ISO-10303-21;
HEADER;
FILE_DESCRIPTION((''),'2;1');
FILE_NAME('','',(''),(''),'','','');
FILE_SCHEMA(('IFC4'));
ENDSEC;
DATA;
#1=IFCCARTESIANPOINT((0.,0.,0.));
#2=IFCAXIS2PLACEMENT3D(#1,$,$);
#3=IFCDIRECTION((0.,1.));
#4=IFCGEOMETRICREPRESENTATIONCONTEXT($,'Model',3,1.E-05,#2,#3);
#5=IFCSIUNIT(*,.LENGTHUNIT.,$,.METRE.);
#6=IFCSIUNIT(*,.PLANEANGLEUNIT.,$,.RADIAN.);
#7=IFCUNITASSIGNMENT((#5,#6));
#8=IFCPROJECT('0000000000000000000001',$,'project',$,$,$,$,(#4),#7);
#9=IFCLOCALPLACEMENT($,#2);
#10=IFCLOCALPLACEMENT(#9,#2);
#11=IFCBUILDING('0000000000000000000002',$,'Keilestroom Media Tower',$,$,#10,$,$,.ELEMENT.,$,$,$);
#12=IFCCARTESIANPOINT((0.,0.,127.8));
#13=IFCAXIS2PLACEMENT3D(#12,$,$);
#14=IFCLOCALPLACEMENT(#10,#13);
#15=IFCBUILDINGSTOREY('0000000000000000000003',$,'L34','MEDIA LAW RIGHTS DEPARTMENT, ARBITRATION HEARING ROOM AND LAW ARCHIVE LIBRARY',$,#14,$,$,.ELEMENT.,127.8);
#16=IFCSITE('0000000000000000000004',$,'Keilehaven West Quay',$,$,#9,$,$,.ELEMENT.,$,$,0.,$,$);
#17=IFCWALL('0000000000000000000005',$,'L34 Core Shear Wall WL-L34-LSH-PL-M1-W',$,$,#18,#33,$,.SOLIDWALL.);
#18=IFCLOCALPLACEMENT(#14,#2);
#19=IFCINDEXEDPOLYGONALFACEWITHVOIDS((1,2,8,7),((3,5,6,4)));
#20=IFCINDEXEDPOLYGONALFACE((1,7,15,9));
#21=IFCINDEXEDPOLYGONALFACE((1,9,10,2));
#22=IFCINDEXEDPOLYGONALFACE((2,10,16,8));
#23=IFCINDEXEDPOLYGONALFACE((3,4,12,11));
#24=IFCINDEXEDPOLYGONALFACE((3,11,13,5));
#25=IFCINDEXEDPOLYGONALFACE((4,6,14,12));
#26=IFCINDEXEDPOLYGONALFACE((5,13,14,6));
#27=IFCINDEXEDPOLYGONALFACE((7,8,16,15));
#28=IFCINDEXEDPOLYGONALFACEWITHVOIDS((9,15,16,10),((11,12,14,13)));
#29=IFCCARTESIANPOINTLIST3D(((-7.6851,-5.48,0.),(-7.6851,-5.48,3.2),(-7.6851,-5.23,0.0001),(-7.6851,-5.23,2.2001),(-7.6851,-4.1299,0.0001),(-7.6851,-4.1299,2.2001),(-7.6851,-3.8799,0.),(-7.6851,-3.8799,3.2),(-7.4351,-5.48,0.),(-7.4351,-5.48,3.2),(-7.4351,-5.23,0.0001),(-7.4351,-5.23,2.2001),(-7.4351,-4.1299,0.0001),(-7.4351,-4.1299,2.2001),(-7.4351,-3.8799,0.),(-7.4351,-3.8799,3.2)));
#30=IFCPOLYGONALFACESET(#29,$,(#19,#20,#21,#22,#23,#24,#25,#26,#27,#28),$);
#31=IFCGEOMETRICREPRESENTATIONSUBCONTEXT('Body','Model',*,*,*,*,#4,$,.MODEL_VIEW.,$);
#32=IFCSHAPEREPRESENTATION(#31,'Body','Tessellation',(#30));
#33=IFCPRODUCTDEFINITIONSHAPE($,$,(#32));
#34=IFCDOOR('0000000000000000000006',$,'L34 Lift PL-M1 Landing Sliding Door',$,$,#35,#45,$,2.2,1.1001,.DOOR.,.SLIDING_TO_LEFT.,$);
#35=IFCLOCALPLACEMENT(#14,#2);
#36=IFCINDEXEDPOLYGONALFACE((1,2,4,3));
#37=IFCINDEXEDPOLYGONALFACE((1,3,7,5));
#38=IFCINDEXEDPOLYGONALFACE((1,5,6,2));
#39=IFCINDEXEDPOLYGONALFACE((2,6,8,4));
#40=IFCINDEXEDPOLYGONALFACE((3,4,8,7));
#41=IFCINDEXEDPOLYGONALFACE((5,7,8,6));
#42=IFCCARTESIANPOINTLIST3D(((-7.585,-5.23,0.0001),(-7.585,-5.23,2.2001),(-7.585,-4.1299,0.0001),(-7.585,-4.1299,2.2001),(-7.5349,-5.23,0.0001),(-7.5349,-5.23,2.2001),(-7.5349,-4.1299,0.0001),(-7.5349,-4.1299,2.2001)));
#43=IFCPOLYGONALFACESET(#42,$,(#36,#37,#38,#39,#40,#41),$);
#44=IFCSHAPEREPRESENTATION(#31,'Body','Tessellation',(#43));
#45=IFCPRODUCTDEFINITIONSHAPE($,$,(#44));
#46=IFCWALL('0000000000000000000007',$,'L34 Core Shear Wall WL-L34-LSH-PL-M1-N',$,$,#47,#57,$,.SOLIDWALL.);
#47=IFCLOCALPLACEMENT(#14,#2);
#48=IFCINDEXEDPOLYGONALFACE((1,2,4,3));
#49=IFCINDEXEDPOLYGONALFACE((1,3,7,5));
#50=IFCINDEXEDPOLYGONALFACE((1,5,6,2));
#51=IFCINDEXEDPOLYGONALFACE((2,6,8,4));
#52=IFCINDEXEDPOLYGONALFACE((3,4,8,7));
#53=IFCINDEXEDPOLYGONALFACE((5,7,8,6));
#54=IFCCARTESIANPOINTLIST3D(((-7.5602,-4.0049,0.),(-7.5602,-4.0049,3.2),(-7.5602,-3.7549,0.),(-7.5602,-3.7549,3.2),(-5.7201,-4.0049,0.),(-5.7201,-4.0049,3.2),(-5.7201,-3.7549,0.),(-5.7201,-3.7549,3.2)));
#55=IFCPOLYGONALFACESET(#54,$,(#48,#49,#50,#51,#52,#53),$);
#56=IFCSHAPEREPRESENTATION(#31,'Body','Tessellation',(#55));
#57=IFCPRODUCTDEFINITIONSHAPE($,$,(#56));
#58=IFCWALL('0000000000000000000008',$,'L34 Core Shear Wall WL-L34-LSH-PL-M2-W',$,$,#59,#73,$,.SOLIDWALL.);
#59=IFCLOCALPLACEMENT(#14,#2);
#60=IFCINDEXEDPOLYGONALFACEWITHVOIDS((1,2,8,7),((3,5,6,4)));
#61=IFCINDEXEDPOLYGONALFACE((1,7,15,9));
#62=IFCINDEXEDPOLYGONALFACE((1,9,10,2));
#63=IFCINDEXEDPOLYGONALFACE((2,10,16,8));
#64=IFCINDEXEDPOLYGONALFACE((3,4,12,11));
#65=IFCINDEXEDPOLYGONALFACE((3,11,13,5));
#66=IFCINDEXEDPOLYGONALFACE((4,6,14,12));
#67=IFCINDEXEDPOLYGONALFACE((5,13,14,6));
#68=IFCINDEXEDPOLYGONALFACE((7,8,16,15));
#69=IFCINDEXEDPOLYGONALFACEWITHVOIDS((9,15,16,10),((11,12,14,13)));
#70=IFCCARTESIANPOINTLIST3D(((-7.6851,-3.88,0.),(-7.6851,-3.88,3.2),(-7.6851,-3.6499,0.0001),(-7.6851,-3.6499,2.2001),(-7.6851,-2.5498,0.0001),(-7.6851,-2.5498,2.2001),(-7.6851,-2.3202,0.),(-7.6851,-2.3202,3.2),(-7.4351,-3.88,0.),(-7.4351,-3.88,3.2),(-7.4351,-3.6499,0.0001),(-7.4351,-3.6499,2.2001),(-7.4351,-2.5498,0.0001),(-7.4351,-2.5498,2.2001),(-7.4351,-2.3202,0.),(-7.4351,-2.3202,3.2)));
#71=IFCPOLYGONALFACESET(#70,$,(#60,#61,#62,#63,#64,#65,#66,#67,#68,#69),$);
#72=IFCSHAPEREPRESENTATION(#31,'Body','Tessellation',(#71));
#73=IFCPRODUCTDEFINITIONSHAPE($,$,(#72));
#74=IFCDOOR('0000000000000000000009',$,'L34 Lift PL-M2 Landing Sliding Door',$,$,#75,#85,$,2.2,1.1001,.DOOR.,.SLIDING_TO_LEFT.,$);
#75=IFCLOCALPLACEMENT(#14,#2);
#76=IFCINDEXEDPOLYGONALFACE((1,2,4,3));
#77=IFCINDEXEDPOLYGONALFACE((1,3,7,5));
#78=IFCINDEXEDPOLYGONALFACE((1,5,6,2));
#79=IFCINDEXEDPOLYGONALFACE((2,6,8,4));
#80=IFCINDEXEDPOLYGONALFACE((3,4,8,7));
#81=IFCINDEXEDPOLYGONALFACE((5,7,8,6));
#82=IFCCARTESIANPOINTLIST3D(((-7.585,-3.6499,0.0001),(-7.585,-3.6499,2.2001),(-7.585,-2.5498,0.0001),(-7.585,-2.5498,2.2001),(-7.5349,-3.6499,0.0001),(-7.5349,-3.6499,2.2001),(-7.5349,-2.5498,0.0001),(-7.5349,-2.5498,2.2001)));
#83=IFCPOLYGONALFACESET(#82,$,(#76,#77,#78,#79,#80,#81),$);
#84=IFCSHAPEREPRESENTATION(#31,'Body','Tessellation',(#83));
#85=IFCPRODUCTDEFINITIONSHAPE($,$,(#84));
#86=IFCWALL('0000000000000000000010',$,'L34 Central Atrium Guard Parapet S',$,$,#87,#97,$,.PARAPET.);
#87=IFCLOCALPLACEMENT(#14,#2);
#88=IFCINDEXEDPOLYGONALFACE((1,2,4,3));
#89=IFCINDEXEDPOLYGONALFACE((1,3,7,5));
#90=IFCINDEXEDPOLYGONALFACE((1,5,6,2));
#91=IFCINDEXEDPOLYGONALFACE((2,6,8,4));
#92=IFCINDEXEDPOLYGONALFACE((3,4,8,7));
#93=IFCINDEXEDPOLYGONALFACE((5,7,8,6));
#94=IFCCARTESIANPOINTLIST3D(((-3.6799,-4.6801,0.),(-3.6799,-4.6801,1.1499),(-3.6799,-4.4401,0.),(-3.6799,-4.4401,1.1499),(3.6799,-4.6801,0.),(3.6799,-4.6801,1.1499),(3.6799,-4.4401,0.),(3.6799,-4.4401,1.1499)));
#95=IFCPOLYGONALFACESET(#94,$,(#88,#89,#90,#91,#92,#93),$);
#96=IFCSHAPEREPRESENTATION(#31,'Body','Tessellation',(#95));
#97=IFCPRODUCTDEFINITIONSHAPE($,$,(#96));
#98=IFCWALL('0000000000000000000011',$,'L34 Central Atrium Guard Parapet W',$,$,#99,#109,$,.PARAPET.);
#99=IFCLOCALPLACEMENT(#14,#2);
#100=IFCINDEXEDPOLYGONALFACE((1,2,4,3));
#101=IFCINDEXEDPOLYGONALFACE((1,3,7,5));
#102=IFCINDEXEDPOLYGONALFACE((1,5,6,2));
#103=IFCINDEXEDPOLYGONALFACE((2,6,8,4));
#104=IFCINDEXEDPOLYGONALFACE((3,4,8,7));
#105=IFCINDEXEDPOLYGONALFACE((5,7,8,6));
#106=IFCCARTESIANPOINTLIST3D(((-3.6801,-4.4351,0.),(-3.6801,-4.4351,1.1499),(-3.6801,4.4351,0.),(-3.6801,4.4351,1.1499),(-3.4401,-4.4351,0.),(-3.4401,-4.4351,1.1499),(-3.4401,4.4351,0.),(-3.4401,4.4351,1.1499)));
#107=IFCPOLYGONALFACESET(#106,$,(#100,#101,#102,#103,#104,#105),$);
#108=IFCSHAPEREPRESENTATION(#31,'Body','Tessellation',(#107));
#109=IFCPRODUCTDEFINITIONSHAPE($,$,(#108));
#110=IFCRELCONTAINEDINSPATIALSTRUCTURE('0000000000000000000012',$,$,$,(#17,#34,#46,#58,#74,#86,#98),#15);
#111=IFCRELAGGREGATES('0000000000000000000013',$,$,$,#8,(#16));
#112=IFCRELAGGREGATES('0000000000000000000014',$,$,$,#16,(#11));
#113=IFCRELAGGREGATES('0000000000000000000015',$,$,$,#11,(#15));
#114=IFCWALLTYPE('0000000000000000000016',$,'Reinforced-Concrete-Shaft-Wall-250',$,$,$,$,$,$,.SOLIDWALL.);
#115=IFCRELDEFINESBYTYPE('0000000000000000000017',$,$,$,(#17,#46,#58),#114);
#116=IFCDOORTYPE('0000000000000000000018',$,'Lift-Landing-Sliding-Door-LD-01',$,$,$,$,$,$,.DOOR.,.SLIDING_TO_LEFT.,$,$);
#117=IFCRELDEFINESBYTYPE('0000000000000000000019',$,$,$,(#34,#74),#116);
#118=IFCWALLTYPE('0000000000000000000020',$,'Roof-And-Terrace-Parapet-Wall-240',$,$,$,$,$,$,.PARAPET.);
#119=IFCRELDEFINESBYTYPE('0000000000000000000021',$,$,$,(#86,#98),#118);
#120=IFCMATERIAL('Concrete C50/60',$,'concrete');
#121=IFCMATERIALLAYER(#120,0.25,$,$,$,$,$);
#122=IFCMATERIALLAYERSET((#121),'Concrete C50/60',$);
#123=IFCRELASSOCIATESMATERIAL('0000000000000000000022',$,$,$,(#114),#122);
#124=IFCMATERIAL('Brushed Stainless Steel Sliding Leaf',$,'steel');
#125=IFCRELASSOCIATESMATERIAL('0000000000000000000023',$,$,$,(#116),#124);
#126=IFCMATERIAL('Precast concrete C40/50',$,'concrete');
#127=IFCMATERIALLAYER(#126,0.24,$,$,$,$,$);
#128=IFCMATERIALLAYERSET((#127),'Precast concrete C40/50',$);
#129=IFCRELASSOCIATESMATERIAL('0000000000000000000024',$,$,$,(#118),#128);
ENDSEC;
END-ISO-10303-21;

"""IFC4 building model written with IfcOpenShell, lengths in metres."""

from ifc_helpers import new_model, si_unit, direction, frame, frame_2d, origin, place, context, subcontext, project, spatial, rectangle, extrude, source, transform, mapped, material, layer, layer_set, type_object, element, fill, save


model = new_model("IFC4")

# Units and contexts
model_context = context("Model", 3, precision=1e-05, world=origin(), true_north=direction((0.0, 1.0)))
body_context = subcontext(model_context, "Body", "Model", "MODEL_VIEW")
ifc_project = project(units=[si_unit("LENGTHUNIT", "METRE"), si_unit("PLANEANGLEUNIT", "RADIAN")], contexts=[model_context])

# Site, building, storey
site_placement = place(None, origin())
site = spatial("IfcSite", under=ifc_project, at=site_placement, Name="Keilehaven West Quay", CompositionType="ELEMENT", RefElevation=0.0)
building_placement = place(site_placement, origin())
building = spatial("IfcBuilding", under=site, at=building_placement, Name="Keilestroom Media Tower", CompositionType="ELEMENT")
storey_placement = place(building_placement, frame((0.0, 0.0, 127.8)))
storey = spatial("IfcBuildingStorey", under=building, at=storey_placement, Name="L34", Description="MEDIA LAW RIGHTS DEPARTMENT, ARBITRATION HEARING ROOM AND LAW ARCHIVE LIBRARY", CompositionType="ELEMENT", Elevation=127.8)

# Shared definitions
ifc_material_1 = material(Name="Concrete C50/60", Category="concrete")
ifc_layer_1 = layer(ifc_material_1, 0.25)
ifc_layer_set_1 = layer_set([ifc_layer_1], Name="Concrete C50/60")
wall_type_1 = type_object("IfcWallType", Name="Reinforced-Concrete-Shaft-Wall-250", PredefinedType="SOLIDWALL", material=ifc_layer_set_1)

# Shared definitions
ifc_material_2 = material(Name="Brushed Stainless Steel Sliding Leaf", Category="steel")

# Wall, opening, door
wall_1_placement = place(storey_placement, frame((-7.5601, -5.48, 0.0), z_axis=(0.0, 0.0, 1.0), x_axis=(0.0, 1.0, 0.0)))
wall_1 = element("IfcWall", 1, at=wall_1_placement, inside=storey, type_object=wall_type_1, Name="L34 Core Shear Wall WL-L34-LSH-PL-M1-W", PredefinedType="SOLIDWALL", context=body_context, shape_type="SweptSolid", body=[
    extrude(rectangle(XDim=1.6001, YDim=0.25, at=frame_2d((0.8, 0.0))), origin(), (0.0, 0.0, 1.0), 3.2),
])
opening_1_placement = place(wall_1_placement, frame((0.25, 0.0, 0.0)))
opening_1 = element("IfcOpeningElement", 2, at=opening_1_placement, cuts=wall_1, PredefinedType="OPENING", context=body_context, shape_type="SweptSolid", body=[
    extrude(rectangle(XDim=1.1001, YDim=2.2, at=frame_2d((0.55, 1.1001))), frame((0.0, 0.135, 0.0), z_axis=(0.0, -1.0, 0.0), x_axis=(1.0, 0.0, 0.0)), (0.0, 0.0, 1.0), 0.27),
])
door_type_1 = type_object("IfcDoorType", Name="Lift-Landing-Sliding-Door-LD-01", OperationType="SLIDING_TO_LEFT", PredefinedType="DOOR", material=ifc_material_2)
shared_shape_1 = source(origin(), body_context, "Body", "SweptSolid", [
    extrude(rectangle(XDim=1.1001, YDim=2.2, at=frame_2d((0.55, 1.1001))), frame((0.0, 0.0249, 0.0), z_axis=(0.0, -1.0, 0.0), x_axis=(1.0, 0.0, 0.0)), (0.0, 0.0, 1.0), 0.05),
])
door_1_placement = place(opening_1_placement, origin())
door_1 = element("IfcDoor", 3, at=door_1_placement, inside=storey, type_object=door_type_1, Name="L34 Lift PL-M1 Landing Sliding Door", OperationType="SLIDING_TO_LEFT", OverallHeight=2.2, OverallWidth=1.1001, PredefinedType="DOOR", context=body_context, shape_type="MappedRepresentation", body=[
    mapped(shared_shape_1, transform((0.0, 0.0, 0.0), x_axis=(1.0, 0.0, 0.0), y_axis=(0.0, 1.0, 0.0), z_axis=(0.0, 0.0, 1.0), scale=1.0)),
])
fill(opening_1, door_1)

# Wall
wall_2_placement = place(storey_placement, frame((-7.5601, -3.8799, 0.0), z_axis=(0.0, 0.0, 1.0), x_axis=(1.0, 0.0, 0.0)))
element("IfcWall", 4, at=wall_2_placement, inside=storey, type_object=wall_type_1, Name="L34 Core Shear Wall WL-L34-LSH-PL-M1-N", PredefinedType="SOLIDWALL", context=body_context, shape_type="SweptSolid", body=[
    extrude(rectangle(XDim=1.8401, YDim=0.25, at=frame_2d((0.9199, 0.0))), origin(), (0.0, 0.0, 1.0), 3.2),
])

# Wall, opening, door
wall_3_placement = place(storey_placement, frame((-7.5601, -3.8799, 0.0), z_axis=(0.0, 0.0, 1.0), x_axis=(0.0, 1.0, 0.0)))
wall_3 = element("IfcWall", 5, at=wall_3_placement, inside=storey, type_object=wall_type_1, Name="L34 Core Shear Wall WL-L34-LSH-PL-M2-W", PredefinedType="SOLIDWALL", context=body_context, shape_type="SweptSolid", body=[
    extrude(rectangle(XDim=1.5598, YDim=0.25, at=frame_2d((0.7798, 0.0))), origin(), (0.0, 0.0, 1.0), 3.2),
])
opening_2_placement = place(wall_3_placement, frame((0.23, 0.0, 0.0)))
opening_2 = element("IfcOpeningElement", 6, at=opening_2_placement, cuts=wall_3, PredefinedType="OPENING", context=body_context, shape_type="SweptSolid", body=[
    extrude(rectangle(XDim=1.1001, YDim=2.2, at=frame_2d((0.55, 1.1001))), frame((0.0, 0.135, 0.0), z_axis=(0.0, -1.0, 0.0), x_axis=(1.0, 0.0, 0.0)), (0.0, 0.0, 1.0), 0.27),
])
door_2_placement = place(opening_2_placement, origin())
door_2 = element("IfcDoor", 7, at=door_2_placement, inside=storey, type_object=door_type_1, Name="L34 Lift PL-M2 Landing Sliding Door", OperationType="SLIDING_TO_LEFT", OverallHeight=2.2, OverallWidth=1.1001, PredefinedType="DOOR", context=body_context, shape_type="MappedRepresentation", body=[
    mapped(shared_shape_1, transform((0.0, 0.0, 0.0), x_axis=(1.0, 0.0, 0.0), y_axis=(0.0, 1.0, 0.0), z_axis=(0.0, 0.0, 1.0), scale=1.0)),
])
fill(opening_2, door_2)

# Walls
ifc_material_3 = material(Name="Precast concrete C40/50", Category="concrete")
ifc_layer_2 = layer(ifc_material_3, 0.24)
ifc_layer_set_2 = layer_set([ifc_layer_2], Name="Precast concrete C40/50")
wall_type_2 = type_object("IfcWallType", Name="Roof-And-Terrace-Parapet-Wall-240", PredefinedType="PARAPET", material=ifc_layer_set_2)
wall_4_placement = place(storey_placement, frame((-3.6799, -4.5601, 0.0), z_axis=(0.0, 0.0, 1.0), x_axis=(1.0, 0.0, 0.0)))
element("IfcWall", 8, at=wall_4_placement, inside=storey, type_object=wall_type_2, Name="L34 Central Atrium Guard Parapet S", PredefinedType="PARAPET", context=body_context, shape_type="SweptSolid", body=[
    extrude(rectangle(XDim=7.3599, YDim=0.24, at=frame_2d((3.6799, 0.0))), origin(), (0.0, 0.0, 1.0), 1.1499),
])
wall_5_placement = place(storey_placement, frame((-3.5601, -4.4351, 0.0), z_axis=(0.0, 0.0, 1.0), x_axis=(0.0, 1.0, 0.0)))
element("IfcWall", 9, at=wall_5_placement, inside=storey, type_object=wall_type_2, Name="L34 Central Atrium Guard Parapet W", PredefinedType="PARAPET", context=body_context, shape_type="SweptSolid", body=[
    extrude(rectangle(XDim=8.8701, YDim=0.24, at=frame_2d((4.4351, 0.0))), origin(), (0.0, 0.0, 1.0), 1.1499),
])

save(model, "model.ifc")
